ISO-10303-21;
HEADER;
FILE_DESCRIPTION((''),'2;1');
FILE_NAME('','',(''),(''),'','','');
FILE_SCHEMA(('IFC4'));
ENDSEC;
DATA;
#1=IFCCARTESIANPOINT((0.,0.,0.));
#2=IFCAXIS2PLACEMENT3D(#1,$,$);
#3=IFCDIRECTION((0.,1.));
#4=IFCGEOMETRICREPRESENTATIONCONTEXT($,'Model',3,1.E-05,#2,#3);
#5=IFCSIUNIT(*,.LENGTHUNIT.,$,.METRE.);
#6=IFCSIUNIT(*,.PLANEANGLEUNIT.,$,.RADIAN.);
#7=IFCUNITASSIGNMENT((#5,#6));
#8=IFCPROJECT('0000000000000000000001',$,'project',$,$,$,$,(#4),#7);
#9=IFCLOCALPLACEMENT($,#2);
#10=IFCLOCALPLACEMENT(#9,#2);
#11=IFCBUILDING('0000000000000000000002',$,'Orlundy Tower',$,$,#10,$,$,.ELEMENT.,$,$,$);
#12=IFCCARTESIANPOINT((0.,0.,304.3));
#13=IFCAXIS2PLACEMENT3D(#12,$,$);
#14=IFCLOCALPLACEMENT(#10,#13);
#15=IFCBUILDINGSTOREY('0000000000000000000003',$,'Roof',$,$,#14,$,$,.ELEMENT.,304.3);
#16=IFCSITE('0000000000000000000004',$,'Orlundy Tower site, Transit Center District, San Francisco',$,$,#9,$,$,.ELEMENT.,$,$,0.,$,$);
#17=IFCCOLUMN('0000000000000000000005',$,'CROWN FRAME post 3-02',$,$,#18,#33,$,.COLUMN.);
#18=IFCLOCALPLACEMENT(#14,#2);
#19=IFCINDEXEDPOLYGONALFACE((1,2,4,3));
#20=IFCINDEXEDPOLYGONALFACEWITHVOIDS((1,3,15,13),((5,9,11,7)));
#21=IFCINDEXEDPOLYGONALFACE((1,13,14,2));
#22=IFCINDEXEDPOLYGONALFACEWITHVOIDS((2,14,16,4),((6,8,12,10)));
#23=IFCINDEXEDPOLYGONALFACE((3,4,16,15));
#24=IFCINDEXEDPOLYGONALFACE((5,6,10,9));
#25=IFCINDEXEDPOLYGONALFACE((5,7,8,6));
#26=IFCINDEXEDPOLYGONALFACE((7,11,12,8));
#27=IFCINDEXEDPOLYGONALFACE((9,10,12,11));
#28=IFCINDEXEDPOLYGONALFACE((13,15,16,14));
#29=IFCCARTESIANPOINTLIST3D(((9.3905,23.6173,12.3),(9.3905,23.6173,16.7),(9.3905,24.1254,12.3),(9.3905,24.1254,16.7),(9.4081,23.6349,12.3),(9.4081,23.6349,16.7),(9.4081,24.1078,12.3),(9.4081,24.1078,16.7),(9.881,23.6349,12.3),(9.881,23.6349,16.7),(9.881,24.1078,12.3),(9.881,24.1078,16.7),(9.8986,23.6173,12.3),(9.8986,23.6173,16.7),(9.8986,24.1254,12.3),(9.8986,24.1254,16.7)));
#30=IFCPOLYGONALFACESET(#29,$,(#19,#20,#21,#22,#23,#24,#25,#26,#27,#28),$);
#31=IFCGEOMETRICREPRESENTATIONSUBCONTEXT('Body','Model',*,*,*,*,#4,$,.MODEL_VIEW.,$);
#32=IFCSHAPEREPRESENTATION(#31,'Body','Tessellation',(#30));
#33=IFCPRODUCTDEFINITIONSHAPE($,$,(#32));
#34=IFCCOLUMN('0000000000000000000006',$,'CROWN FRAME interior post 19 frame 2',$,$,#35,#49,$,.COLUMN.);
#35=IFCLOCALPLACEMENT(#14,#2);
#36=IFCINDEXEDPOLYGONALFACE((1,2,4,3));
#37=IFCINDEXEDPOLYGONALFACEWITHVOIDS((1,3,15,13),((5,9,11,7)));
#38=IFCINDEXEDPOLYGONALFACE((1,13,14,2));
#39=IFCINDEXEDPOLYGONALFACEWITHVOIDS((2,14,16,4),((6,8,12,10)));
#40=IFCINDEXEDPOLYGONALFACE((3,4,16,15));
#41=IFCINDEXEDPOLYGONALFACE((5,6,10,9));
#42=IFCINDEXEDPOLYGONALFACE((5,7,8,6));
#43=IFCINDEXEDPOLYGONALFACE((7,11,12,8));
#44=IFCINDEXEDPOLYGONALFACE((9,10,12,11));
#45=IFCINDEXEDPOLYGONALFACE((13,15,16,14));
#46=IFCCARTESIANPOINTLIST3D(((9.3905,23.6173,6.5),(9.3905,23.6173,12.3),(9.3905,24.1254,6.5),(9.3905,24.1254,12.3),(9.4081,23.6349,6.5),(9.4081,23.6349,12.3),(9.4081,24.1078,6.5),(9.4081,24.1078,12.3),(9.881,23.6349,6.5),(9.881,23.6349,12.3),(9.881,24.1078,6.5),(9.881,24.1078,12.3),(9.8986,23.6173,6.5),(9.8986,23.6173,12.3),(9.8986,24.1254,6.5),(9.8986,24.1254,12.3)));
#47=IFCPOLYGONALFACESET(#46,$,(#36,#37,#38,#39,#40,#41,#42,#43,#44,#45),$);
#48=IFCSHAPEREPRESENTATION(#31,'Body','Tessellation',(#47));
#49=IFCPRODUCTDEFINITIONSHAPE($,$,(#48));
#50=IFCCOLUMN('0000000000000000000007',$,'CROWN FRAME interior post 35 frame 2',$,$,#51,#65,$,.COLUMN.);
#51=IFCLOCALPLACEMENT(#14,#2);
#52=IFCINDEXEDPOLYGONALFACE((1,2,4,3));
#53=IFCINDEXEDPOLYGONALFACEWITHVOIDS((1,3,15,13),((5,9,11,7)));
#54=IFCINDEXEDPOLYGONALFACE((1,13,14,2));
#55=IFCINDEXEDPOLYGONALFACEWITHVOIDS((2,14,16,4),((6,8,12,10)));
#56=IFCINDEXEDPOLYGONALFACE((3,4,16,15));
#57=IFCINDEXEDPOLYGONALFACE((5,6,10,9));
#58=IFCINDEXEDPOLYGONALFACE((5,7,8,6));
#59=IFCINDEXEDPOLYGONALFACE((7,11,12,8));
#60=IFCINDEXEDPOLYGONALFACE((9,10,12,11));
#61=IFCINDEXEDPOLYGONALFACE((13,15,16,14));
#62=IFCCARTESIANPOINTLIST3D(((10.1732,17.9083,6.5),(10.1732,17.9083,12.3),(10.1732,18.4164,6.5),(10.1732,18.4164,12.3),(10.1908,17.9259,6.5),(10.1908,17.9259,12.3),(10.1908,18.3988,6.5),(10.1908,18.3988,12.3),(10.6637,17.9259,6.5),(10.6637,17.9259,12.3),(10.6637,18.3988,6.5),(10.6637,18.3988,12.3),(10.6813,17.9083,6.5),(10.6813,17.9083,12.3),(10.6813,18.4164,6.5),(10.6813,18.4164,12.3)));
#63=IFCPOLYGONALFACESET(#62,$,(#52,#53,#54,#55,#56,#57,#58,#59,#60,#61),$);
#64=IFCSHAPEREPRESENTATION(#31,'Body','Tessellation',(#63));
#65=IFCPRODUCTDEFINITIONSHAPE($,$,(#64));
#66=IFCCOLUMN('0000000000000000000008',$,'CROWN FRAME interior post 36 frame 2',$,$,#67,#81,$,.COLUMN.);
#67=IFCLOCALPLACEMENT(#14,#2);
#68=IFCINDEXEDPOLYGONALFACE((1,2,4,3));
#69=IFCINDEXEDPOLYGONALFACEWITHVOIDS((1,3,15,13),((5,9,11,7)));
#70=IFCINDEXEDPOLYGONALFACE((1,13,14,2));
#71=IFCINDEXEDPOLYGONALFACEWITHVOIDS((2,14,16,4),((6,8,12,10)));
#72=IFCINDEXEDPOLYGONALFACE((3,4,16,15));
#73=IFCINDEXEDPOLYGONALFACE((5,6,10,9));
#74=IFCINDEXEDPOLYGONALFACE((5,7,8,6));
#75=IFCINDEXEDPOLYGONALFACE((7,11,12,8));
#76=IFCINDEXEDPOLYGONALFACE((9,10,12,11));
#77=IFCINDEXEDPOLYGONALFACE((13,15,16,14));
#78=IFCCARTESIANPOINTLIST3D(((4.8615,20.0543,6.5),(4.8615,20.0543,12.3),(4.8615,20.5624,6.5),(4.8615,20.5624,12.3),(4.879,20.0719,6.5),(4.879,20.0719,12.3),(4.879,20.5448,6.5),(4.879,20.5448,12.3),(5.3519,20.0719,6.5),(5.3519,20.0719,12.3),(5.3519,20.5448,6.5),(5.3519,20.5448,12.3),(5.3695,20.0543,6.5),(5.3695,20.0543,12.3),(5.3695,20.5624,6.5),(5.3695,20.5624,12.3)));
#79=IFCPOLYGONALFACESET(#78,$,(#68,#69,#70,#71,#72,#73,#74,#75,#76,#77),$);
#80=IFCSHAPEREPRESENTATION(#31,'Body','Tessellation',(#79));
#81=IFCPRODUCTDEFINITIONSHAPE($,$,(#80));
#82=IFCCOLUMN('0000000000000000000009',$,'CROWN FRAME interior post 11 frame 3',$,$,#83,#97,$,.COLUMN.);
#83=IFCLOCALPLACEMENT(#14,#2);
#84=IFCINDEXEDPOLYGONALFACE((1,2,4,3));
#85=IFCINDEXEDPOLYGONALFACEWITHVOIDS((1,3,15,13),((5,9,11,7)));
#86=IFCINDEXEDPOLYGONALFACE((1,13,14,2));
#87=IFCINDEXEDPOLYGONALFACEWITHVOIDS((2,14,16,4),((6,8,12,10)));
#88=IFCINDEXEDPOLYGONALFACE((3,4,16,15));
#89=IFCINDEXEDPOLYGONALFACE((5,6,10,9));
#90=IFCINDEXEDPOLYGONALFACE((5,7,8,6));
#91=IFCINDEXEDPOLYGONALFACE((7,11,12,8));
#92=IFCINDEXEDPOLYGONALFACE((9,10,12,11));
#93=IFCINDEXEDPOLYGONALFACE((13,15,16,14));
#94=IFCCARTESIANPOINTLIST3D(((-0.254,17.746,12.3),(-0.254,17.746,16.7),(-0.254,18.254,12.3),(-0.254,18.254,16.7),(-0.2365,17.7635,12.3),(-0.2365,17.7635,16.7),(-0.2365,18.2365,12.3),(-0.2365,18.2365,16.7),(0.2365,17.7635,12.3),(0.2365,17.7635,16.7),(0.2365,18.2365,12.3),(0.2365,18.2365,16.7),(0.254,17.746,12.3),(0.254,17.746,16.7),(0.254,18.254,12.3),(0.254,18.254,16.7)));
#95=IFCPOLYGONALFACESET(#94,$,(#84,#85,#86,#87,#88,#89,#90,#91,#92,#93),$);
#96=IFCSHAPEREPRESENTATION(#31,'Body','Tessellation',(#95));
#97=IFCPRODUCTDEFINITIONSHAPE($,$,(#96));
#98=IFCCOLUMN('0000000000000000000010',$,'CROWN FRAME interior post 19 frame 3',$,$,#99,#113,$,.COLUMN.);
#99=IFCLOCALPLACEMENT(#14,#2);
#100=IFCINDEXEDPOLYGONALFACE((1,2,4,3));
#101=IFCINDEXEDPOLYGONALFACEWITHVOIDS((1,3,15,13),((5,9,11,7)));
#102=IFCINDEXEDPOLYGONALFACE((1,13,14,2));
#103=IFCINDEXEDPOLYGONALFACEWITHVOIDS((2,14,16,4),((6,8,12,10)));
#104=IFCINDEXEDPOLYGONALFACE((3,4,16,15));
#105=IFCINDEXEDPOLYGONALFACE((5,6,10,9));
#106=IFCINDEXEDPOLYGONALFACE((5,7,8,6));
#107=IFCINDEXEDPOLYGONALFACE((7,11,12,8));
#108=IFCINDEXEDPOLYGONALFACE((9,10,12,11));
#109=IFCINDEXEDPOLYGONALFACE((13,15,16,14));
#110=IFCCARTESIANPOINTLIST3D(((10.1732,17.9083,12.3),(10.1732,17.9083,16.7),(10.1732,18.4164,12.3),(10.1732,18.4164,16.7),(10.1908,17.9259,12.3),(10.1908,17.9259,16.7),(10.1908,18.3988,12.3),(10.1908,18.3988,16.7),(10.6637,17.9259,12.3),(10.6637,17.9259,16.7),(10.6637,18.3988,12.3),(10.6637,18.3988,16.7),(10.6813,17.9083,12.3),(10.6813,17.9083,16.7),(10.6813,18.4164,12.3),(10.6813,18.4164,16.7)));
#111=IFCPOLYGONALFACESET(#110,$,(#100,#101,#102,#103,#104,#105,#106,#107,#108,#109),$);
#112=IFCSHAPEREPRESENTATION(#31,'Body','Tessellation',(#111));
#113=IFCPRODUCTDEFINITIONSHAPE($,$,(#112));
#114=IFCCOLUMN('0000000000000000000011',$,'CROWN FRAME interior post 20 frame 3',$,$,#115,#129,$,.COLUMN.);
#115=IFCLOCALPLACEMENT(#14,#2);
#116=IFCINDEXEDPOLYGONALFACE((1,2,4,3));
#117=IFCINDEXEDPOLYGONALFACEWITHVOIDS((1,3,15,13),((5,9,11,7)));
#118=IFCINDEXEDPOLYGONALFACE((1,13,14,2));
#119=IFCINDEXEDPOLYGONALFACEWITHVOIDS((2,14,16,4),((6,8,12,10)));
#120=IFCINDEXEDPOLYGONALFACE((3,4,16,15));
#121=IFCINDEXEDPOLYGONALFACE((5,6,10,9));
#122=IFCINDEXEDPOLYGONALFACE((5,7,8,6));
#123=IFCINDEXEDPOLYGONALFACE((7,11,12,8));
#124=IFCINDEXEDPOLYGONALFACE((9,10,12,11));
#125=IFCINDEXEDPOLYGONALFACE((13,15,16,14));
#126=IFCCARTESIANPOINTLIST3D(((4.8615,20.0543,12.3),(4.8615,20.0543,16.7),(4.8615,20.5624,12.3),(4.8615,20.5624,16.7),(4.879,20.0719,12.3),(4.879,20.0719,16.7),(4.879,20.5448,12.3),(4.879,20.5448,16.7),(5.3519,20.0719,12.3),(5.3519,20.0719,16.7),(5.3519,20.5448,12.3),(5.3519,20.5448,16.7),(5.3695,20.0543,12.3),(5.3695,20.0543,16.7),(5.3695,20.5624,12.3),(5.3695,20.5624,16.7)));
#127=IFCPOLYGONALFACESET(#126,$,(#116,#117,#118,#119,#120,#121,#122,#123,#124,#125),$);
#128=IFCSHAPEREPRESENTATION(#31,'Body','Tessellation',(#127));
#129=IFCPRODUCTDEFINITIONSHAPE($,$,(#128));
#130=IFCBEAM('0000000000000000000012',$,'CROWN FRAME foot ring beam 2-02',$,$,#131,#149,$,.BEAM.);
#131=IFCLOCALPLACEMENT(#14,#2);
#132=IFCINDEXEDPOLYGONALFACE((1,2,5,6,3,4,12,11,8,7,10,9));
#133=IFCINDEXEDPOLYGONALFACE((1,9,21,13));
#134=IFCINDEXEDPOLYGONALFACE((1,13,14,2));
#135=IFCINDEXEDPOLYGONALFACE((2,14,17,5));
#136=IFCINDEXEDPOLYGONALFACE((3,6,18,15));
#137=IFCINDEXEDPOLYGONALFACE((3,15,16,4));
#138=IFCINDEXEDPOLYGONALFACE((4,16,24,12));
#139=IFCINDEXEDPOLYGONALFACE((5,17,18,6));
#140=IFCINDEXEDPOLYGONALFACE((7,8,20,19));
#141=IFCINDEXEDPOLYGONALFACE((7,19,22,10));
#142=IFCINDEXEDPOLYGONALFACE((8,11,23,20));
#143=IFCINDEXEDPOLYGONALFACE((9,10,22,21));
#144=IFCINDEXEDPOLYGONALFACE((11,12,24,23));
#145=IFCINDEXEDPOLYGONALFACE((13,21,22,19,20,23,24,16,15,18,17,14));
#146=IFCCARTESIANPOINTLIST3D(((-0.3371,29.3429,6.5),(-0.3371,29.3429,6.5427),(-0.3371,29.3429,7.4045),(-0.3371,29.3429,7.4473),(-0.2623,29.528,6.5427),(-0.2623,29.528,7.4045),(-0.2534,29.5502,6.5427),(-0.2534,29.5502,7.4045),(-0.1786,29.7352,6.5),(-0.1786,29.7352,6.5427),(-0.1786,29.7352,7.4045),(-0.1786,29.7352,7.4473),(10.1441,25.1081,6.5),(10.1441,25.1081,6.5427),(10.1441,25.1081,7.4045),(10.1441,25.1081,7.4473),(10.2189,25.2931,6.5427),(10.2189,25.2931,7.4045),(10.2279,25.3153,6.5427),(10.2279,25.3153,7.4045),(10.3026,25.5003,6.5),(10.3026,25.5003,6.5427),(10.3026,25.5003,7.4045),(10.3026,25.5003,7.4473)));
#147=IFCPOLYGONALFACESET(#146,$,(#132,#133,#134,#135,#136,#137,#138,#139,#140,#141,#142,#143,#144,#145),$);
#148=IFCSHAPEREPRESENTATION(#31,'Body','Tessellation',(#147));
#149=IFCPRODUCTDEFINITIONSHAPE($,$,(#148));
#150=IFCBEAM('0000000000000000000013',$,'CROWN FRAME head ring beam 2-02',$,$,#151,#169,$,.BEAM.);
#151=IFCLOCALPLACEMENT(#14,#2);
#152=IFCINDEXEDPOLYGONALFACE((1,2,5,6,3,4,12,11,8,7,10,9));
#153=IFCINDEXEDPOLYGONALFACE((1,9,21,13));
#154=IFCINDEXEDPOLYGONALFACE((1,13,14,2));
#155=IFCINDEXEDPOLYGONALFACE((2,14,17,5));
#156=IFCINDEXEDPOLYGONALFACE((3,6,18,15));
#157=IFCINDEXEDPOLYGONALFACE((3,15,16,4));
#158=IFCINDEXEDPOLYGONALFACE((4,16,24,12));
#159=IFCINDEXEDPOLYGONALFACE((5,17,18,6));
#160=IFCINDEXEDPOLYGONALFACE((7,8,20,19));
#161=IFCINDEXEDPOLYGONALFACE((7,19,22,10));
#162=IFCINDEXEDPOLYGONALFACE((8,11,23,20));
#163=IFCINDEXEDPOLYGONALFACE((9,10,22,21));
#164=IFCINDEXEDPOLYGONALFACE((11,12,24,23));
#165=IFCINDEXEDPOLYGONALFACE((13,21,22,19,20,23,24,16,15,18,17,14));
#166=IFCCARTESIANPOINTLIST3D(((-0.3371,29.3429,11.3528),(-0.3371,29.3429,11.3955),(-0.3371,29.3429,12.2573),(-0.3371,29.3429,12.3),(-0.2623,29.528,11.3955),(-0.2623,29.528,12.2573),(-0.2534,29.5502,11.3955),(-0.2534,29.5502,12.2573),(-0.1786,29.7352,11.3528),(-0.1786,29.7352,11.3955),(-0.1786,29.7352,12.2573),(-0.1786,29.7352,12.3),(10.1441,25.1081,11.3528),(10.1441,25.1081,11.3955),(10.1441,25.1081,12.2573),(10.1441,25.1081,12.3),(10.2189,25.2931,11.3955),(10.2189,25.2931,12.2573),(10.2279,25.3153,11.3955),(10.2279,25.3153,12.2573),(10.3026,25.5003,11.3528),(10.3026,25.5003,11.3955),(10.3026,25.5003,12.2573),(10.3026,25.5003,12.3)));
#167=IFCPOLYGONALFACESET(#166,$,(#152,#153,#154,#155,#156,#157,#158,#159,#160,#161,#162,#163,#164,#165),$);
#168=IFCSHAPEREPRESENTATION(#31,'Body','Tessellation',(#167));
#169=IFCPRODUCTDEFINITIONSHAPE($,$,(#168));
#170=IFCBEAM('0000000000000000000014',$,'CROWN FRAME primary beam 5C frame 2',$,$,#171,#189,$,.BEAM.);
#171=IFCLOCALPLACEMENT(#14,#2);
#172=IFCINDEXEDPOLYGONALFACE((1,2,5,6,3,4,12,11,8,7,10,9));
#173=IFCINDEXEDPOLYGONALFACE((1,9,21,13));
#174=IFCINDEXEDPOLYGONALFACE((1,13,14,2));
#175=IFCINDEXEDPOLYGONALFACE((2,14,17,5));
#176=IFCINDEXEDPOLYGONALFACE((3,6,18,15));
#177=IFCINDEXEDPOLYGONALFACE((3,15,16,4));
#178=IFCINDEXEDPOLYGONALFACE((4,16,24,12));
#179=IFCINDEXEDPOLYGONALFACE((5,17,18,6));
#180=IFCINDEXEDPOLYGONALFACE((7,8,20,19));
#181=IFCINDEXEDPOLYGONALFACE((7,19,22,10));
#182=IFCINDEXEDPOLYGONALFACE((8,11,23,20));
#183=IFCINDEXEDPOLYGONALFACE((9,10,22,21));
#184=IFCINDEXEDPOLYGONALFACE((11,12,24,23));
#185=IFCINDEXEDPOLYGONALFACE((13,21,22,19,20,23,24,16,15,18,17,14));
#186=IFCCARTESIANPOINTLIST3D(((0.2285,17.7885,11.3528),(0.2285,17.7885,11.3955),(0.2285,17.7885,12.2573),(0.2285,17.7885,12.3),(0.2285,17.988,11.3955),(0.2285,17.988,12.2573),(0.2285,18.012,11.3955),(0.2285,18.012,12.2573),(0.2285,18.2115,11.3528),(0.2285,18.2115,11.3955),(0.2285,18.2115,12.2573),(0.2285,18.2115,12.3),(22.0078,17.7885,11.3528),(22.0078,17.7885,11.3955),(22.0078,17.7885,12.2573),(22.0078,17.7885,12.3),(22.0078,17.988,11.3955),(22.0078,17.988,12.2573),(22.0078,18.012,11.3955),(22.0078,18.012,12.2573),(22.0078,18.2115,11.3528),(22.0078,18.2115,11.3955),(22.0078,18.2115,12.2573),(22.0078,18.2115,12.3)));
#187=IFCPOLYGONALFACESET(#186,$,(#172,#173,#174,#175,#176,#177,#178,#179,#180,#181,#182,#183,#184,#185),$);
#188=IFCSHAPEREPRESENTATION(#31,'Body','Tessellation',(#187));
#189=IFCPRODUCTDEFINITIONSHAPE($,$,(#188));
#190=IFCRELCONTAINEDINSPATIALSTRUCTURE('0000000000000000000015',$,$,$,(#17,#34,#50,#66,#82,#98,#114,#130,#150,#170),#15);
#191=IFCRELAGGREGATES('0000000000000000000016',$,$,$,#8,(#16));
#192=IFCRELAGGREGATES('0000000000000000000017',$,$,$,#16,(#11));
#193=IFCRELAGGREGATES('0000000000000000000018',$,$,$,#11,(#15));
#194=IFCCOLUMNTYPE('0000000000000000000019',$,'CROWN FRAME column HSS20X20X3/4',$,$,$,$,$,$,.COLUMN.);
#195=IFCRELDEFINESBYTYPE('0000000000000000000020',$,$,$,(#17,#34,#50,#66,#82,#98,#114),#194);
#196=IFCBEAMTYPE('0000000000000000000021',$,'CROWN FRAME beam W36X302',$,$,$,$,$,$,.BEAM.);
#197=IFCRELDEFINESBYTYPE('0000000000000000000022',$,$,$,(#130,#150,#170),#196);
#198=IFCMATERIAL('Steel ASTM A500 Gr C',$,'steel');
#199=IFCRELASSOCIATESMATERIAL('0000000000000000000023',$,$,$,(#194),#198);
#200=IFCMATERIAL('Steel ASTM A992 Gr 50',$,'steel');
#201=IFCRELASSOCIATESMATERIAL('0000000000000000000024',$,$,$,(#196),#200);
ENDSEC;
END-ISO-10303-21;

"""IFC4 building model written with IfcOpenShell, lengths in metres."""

from ifc_helpers import new_model, si_unit, direction, frame, origin, origin_2d, place, context, subcontext, project, spatial, hollow_rectangle, i_section, extrude, material, material_profile, profile_set, type_object, element, save


model = new_model("IFC4")

# Units and contexts
model_context = context("Model", 3, precision=1e-05, world=origin(), true_north=direction((0.0, 1.0)))
body_context = subcontext(model_context, "Body", "Model", "MODEL_VIEW")
ifc_project = project(units=[si_unit("LENGTHUNIT", "METRE"), si_unit("PLANEANGLEUNIT", "RADIAN")], contexts=[model_context])

# Site, building, storey
site_placement = place(None, origin())
site = spatial("IfcSite", under=ifc_project, at=site_placement, Name="Orlundy Tower site, Transit Center District, San Francisco", CompositionType="ELEMENT", RefElevation=0.0)
building_placement = place(site_placement, origin())
building = spatial("IfcBuilding", under=site, at=building_placement, Name="Orlundy Tower", CompositionType="ELEMENT")
storey_placement = place(building_placement, frame((0.0, 0.0, 304.3)))
storey = spatial("IfcBuildingStorey", under=building, at=storey_placement, Name="Roof", CompositionType="ELEMENT", Elevation=304.3)

# Columns
ifc_material_1 = material(Name="Steel ASTM A500 Gr C", Category="steel")
ifc_material_profile_1 = material_profile(ifc_material_1, hollow_rectangle(XDim=0.5081, YDim=0.5081, WallThickness=0.0176, at=origin_2d()), Name="HSS20X20X3/4")
ifc_profile_set_1 = profile_set([ifc_material_profile_1], Name="Steel ASTM A500 Gr C")
column_type = type_object("IfcColumnType", Name="CROWN FRAME column HSS20X20X3/4", PredefinedType="COLUMN", material=ifc_profile_set_1)
column_placement = place(storey_placement, frame((9.6445, 23.8713, 12.3), z_axis=(0.0, 0.0, 1.0), x_axis=(1.0, 0.0, 0.0)))
element("IfcColumn", 1, at=column_placement, inside=storey, type_object=column_type, Name="CROWN FRAME post 3-02", PredefinedType="COLUMN", context=body_context, shape_type="SweptSolid", body=[
    extrude(hollow_rectangle(XDim=0.5081, YDim=0.5081, WallThickness=0.0176, at=origin_2d()), origin(), (0.0, 0.0, 1.0), 4.3999),
])
for number, where, z_axis, x_axis, name in (
    (2, (9.6445, 23.8713, 6.5), (0.0, 0.0, 1.0), (1.0, 0.0, 0.0), "CROWN FRAME interior post 19 frame 2"),
    (3, (10.4272, 18.1624, 6.5), (0.0, 0.0, 1.0), (1.0, 0.0, 0.0), "CROWN FRAME interior post 35 frame 2"),
    (4, (5.1155, 20.3083, 6.5), (0.0, 0.0, 1.0), (1.0, 0.0, 0.0), "CROWN FRAME interior post 36 frame 2"),
):
    element("IfcColumn", number, at=place(storey_placement, frame(where, z_axis=z_axis, x_axis=x_axis)), inside=storey, type_object=column_type, Name=name, PredefinedType="COLUMN", context=body_context, shape_type="SweptSolid", body=[
        extrude(hollow_rectangle(XDim=0.5081, YDim=0.5081, WallThickness=0.0176, at=origin_2d()), origin(), (0.0, 0.0, 1.0), 5.8),
    ])
for number, where, z_axis, x_axis, name in (
    (5, (0.0, 18.0, 12.3), (0.0, 0.0, 1.0), (1.0, 0.0, 0.0), "CROWN FRAME interior post 11 frame 3"),
    (6, (10.4272, 18.1624, 12.3), (0.0, 0.0, 1.0), (1.0, 0.0, 0.0), "CROWN FRAME interior post 19 frame 3"),
    (7, (5.1155, 20.3083, 12.3), (0.0, 0.0, 1.0), (1.0, 0.0, 0.0), "CROWN FRAME interior post 20 frame 3"),
):
    element("IfcColumn", number, at=place(storey_placement, frame(where, z_axis=z_axis, x_axis=x_axis)), inside=storey, type_object=column_type, Name=name, PredefinedType="COLUMN", context=body_context, shape_type="SweptSolid", body=[
        extrude(hollow_rectangle(XDim=0.5081, YDim=0.5081, WallThickness=0.0176, at=origin_2d()), origin(), (0.0, 0.0, 1.0), 4.3999),
    ])

# Beams
ifc_material_2 = material(Name="Steel ASTM A992 Gr 50", Category="steel")
ifc_material_profile_2 = material_profile(ifc_material_2, i_section(OverallWidth=0.4231, OverallDepth=0.9473, WebThickness=0.0239, FlangeThickness=0.0427, at=origin_2d()), Name="W36X302")
ifc_profile_set_2 = profile_set([ifc_material_profile_2], Name="Steel ASTM A992 Gr 50")
beam_type = type_object("IfcBeamType", Name="CROWN FRAME beam W36X302", PredefinedType="BEAM", material=ifc_profile_set_2)
for number, where, z_axis, x_axis, name in (
    (8, (10.2234, 25.3042, 6.9736), (-0.927178, 0.374621, 0.0), (-0.374621, -0.927178, 0.0), "CROWN FRAME foot ring beam 2-02"),
    (9, (10.2234, 25.3042, 11.8264), (-0.927178, 0.374621, 0.0), (-0.374621, -0.927178, 0.0), "CROWN FRAME head ring beam 2-02"),
):
    element("IfcBeam", number, at=place(storey_placement, frame(where, z_axis=z_axis, x_axis=x_axis)), inside=storey, type_object=beam_type, Name=name, PredefinedType="BEAM", context=body_context, shape_type="SweptSolid", body=[
        extrude(i_section(OverallWidth=0.4231, OverallDepth=0.9473, WebThickness=0.0239, FlangeThickness=0.0427, at=origin_2d()), origin(), (0.0, 0.0, 1.0), 11.3044),
    ])
beam_placement = place(storey_placement, frame((0.2285, 18.0, 11.8264), z_axis=(1.0, 0.0, 0.0), x_axis=(0.0, 1.0, 0.0)))
element("IfcBeam", 10, at=beam_placement, inside=storey, type_object=beam_type, Name="CROWN FRAME primary beam 5C frame 2", PredefinedType="BEAM", context=body_context, shape_type="SweptSolid", body=[
    extrude(i_section(OverallWidth=0.4231, OverallDepth=0.9473, WebThickness=0.0239, FlangeThickness=0.0427, at=origin_2d()), origin(), (0.0, 0.0, 1.0), 21.7793),
])

save(model, "model.ifc")
